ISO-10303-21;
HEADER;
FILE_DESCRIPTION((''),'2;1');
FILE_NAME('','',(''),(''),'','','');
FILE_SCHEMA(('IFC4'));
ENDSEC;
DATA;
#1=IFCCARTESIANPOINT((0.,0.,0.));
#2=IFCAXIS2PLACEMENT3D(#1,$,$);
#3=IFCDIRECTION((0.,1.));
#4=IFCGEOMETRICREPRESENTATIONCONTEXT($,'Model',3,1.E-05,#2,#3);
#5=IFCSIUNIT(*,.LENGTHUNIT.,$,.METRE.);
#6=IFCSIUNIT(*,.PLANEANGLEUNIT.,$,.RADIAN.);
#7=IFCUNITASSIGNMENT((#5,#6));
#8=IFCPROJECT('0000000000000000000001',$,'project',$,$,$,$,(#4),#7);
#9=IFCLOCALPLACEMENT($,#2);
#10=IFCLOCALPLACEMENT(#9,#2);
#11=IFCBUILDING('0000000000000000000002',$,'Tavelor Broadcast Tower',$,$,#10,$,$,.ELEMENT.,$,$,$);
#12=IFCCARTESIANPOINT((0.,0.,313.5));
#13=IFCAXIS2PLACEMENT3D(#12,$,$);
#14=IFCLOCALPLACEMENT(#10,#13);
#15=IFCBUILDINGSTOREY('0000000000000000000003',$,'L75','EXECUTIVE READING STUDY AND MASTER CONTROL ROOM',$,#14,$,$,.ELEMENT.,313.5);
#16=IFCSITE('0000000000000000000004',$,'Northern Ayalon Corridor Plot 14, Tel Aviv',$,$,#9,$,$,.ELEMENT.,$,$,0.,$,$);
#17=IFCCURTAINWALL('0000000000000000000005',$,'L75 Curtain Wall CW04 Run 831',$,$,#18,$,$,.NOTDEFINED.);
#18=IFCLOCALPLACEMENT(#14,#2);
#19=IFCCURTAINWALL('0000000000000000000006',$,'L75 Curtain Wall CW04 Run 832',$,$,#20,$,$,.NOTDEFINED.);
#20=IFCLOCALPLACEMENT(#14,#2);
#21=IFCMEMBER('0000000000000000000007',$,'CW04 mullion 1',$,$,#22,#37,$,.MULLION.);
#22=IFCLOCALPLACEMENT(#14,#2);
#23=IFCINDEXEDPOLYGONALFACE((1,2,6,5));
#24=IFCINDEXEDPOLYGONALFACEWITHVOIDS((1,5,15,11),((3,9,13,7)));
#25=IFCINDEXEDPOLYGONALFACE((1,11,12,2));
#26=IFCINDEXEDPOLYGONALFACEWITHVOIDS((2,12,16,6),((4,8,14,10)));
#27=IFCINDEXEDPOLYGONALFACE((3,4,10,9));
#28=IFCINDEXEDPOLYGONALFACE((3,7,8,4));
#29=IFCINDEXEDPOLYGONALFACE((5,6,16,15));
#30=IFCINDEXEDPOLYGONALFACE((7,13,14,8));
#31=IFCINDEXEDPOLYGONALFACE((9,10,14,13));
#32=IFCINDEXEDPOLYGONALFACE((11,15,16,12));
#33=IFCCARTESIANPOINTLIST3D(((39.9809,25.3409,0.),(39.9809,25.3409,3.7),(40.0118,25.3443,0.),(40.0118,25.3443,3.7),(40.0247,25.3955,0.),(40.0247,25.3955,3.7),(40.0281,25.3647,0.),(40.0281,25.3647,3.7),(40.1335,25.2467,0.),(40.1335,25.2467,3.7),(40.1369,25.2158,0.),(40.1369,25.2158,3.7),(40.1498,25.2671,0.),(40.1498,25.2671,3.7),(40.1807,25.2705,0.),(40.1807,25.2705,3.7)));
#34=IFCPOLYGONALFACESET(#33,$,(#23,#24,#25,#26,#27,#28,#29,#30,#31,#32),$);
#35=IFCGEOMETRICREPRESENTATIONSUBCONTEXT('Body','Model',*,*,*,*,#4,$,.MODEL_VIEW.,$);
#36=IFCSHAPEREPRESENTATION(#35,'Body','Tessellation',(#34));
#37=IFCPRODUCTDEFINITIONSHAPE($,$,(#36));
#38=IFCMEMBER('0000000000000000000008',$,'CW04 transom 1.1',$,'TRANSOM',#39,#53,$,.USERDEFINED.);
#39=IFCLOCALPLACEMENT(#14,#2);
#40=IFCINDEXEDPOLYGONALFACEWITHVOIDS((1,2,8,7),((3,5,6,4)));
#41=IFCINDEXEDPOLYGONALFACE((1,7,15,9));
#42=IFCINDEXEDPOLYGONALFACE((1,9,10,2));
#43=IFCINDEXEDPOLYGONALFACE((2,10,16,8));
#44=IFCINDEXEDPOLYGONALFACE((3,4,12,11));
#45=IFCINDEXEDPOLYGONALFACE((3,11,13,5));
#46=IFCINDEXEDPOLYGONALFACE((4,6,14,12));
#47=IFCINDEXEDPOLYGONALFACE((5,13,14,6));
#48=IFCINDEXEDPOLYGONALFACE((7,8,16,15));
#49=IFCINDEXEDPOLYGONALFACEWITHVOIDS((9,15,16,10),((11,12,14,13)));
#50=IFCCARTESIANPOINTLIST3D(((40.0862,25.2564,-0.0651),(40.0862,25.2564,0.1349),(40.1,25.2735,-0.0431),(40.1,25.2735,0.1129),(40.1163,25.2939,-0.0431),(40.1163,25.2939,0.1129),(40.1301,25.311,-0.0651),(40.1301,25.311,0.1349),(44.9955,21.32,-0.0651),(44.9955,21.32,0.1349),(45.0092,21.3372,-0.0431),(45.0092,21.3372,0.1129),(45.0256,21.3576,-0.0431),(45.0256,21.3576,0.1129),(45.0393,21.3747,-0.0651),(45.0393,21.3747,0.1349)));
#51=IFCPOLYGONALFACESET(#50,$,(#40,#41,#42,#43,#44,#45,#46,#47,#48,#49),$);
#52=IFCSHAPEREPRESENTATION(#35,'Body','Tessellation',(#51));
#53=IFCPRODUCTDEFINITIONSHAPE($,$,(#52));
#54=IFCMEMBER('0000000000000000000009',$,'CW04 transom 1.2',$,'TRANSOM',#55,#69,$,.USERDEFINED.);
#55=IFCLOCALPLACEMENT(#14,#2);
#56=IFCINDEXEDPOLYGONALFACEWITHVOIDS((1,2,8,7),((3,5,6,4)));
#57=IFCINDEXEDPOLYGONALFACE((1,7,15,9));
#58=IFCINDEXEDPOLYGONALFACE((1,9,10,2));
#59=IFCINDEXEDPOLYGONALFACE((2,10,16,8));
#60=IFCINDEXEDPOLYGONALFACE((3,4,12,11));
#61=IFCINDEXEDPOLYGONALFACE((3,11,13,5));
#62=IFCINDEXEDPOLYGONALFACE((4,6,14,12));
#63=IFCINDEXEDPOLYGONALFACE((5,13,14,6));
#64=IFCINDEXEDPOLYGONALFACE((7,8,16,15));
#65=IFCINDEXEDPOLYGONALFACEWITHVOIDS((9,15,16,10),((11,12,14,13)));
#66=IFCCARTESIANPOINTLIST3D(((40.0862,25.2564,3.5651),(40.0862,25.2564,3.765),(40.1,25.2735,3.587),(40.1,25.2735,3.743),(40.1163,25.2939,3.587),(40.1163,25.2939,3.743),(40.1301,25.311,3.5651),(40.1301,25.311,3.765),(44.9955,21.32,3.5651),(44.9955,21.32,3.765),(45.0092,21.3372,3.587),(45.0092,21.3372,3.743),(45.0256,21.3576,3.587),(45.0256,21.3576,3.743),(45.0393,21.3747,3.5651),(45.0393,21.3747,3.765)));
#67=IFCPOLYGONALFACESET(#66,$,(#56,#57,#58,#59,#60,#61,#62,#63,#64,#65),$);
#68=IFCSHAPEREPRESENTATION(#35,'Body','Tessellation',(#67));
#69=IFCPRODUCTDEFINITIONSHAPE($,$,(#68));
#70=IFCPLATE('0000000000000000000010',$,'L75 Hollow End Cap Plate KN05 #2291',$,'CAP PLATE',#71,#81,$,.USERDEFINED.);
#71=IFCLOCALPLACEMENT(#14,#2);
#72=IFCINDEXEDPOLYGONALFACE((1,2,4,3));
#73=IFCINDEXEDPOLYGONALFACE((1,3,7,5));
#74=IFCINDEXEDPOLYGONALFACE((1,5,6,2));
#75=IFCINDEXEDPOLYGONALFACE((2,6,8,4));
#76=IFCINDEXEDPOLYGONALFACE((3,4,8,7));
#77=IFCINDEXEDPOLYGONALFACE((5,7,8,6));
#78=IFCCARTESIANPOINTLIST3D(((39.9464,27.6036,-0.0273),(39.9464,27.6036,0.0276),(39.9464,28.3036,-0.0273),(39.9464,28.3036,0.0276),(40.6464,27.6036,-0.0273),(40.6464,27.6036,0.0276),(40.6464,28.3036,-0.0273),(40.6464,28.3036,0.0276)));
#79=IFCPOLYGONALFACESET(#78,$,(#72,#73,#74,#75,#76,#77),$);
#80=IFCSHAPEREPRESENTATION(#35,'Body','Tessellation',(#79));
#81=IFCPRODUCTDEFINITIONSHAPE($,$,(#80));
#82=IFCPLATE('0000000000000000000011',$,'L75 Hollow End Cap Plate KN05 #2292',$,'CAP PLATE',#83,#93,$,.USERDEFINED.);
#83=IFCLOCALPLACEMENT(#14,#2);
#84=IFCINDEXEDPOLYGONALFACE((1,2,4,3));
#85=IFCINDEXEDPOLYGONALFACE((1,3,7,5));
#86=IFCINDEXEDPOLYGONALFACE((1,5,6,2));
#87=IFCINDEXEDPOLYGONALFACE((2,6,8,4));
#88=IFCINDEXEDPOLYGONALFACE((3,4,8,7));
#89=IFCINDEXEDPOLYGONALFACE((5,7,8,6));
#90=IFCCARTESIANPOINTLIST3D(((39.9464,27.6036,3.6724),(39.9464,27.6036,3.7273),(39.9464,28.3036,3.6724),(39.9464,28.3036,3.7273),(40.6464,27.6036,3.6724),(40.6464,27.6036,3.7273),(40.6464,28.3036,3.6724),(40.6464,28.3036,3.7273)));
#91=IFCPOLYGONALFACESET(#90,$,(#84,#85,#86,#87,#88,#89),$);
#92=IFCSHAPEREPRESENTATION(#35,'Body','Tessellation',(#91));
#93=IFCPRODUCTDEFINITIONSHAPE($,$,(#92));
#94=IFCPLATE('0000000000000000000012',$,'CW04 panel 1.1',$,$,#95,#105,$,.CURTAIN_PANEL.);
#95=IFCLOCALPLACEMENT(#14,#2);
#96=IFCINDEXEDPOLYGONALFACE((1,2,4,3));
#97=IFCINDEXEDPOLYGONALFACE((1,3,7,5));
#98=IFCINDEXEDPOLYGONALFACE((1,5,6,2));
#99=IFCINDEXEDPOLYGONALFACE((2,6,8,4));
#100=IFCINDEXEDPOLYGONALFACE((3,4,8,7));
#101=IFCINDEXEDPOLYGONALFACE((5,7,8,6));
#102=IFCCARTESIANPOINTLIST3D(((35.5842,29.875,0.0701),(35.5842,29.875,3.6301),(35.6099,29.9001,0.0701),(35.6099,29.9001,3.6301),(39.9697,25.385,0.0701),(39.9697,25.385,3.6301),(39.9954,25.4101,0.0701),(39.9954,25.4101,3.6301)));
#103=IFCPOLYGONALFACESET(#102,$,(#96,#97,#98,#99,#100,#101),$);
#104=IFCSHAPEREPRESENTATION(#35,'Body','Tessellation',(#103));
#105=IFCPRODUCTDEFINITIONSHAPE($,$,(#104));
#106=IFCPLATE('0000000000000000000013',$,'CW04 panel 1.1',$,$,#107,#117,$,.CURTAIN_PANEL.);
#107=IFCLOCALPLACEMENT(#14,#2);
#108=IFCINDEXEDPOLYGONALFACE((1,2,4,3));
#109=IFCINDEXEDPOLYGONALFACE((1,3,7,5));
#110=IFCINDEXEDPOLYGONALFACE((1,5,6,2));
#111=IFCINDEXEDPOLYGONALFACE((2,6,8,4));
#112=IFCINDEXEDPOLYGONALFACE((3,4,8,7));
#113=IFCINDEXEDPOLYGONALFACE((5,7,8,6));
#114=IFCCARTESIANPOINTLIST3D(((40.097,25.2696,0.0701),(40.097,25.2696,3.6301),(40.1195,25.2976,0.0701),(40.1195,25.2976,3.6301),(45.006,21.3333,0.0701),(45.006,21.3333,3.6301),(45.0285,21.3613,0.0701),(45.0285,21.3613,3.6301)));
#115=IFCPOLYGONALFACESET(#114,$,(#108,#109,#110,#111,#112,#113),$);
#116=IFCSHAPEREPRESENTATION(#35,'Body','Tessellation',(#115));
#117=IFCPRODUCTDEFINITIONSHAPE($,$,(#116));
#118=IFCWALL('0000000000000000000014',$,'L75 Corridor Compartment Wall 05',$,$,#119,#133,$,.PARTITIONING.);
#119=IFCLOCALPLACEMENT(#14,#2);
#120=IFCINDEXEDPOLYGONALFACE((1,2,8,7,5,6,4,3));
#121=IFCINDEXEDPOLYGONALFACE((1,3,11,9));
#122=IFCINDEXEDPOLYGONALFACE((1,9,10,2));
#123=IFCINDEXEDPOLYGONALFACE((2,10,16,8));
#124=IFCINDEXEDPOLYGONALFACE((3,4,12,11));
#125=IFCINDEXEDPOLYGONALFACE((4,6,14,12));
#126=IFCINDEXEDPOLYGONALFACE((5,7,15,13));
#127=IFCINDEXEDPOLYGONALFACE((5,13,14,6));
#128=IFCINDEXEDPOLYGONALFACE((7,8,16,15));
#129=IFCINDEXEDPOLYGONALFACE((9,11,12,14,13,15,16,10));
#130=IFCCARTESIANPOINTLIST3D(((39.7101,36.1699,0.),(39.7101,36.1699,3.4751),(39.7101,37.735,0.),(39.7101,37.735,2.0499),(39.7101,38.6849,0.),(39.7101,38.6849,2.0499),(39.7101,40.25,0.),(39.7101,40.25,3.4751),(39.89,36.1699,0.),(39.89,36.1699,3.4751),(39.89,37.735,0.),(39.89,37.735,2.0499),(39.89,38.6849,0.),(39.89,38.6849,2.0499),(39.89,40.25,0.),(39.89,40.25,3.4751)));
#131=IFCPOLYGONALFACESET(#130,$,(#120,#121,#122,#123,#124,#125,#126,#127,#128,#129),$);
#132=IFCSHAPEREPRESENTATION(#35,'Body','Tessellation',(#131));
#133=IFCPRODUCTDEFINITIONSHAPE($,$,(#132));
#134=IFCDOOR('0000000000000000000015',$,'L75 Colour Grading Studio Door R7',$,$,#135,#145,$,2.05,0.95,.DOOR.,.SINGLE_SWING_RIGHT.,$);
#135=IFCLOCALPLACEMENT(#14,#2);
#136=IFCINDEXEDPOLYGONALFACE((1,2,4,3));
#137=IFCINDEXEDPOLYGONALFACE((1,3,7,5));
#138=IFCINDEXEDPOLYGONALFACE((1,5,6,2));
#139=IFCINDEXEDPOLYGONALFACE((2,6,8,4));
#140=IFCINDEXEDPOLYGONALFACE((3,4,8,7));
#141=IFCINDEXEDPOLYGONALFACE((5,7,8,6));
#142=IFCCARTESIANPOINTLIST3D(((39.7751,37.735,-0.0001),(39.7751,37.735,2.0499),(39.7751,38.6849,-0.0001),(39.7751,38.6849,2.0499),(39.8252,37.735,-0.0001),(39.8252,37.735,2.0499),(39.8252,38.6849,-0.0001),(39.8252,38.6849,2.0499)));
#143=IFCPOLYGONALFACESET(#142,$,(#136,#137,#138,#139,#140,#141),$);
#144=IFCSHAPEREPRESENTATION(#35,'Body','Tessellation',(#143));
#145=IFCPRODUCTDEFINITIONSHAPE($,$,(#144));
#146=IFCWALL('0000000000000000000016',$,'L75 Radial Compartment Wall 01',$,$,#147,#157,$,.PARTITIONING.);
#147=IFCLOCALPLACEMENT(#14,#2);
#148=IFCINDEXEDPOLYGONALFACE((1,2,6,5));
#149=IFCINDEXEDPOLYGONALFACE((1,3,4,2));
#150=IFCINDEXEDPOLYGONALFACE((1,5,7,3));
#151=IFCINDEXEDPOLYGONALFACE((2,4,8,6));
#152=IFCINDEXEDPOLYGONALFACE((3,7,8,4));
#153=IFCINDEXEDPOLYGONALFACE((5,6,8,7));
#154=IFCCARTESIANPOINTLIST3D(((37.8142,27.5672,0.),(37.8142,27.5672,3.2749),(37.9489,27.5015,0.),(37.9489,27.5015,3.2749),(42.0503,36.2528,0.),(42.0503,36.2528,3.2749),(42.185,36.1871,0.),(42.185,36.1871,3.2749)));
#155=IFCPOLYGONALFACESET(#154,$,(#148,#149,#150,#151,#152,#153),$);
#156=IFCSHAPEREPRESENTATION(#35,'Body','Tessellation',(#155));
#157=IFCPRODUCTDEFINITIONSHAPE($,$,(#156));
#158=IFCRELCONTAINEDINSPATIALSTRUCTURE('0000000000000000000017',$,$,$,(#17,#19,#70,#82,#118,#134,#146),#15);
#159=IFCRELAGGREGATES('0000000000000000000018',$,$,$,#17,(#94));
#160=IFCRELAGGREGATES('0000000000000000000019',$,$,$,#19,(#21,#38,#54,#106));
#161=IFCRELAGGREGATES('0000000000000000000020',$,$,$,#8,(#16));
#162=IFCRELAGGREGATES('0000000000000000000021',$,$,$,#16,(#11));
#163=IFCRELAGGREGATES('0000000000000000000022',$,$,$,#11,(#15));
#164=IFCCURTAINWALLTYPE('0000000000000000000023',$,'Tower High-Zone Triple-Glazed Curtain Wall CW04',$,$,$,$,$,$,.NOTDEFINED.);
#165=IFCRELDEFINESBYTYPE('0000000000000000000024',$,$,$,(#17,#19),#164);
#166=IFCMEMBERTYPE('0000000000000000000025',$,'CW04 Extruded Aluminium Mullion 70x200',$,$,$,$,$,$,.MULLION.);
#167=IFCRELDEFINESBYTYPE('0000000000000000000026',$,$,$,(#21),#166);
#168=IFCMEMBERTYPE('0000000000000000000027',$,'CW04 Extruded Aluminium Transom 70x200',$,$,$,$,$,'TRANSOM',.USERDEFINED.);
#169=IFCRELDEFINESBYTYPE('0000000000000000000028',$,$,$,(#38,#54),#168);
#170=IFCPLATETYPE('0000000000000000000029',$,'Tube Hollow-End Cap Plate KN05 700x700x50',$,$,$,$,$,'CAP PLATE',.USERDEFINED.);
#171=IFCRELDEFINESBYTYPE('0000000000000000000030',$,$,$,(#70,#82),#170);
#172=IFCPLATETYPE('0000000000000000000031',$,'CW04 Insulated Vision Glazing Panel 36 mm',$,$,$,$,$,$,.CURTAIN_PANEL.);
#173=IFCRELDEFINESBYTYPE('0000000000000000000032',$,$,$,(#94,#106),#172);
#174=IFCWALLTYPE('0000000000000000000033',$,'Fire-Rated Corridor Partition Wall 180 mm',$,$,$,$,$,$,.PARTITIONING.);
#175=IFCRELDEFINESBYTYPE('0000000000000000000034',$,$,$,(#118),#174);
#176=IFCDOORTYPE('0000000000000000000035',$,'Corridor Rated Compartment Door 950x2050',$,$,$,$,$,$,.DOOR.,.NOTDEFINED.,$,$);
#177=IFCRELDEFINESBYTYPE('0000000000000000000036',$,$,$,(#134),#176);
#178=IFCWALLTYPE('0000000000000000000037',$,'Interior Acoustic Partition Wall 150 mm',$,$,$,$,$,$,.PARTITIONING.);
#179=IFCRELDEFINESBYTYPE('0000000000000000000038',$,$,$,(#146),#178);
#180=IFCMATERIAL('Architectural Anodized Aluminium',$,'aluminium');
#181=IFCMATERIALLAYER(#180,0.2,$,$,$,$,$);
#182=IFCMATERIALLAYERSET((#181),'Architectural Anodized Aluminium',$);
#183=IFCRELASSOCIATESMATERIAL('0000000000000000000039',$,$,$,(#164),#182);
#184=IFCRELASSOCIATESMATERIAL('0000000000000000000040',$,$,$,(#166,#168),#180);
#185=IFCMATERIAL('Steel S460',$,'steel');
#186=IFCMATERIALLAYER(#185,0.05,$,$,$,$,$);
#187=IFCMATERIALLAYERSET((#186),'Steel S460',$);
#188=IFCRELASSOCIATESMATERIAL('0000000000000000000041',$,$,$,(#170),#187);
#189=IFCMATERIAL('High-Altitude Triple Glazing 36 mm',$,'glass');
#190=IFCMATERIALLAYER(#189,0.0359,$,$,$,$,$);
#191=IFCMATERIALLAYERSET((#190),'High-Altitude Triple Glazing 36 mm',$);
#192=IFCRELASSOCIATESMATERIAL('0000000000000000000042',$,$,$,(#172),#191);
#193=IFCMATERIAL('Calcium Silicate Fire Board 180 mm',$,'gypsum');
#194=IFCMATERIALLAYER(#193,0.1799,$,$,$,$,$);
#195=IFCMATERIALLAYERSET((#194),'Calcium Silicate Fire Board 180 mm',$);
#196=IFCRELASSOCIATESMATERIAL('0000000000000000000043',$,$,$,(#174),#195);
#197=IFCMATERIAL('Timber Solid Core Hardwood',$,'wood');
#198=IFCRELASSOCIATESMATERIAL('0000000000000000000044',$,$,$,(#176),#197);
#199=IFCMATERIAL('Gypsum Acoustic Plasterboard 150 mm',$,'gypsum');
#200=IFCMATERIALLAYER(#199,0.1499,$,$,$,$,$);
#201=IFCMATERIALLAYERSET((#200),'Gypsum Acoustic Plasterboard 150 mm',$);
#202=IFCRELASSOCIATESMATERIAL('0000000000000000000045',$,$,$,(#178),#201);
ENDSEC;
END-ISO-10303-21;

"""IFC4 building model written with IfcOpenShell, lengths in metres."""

from ifc_helpers import new_model, si_unit, direction, frame, frame_2d, origin, origin_2d, place, context, subcontext, project, spatial, rectangle, hollow_rectangle, extrude, source, transform, mapped, material, layer, layer_set, material_profile, profile_set, type_object, type_shapes, element, fill, aggregate, save


model = new_model("IFC4")

# Units and contexts
model_context = context("Model", 3, precision=1e-05, world=origin(), true_north=direction((0.0, 1.0)))
body_context = subcontext(model_context, "Body", "Model", "MODEL_VIEW")
ifc_project = project(units=[si_unit("LENGTHUNIT", "METRE"), si_unit("PLANEANGLEUNIT", "RADIAN")], contexts=[model_context])

# Site, building, storey
site_placement = place(None, origin())
site = spatial("IfcSite", under=ifc_project, at=site_placement, Name="Northern Ayalon Corridor Plot 14, Tel Aviv", CompositionType="ELEMENT", RefElevation=0.0)
building_placement = place(site_placement, origin())
building = spatial("IfcBuilding", under=site, at=building_placement, Name="Tavelor Broadcast Tower", CompositionType="ELEMENT")
storey_placement = place(building_placement, frame((0.0, 0.0, 313.5)))
storey = spatial("IfcBuildingStorey", under=building, at=storey_placement, Name="L75", Description="EXECUTIVE READING STUDY AND MASTER CONTROL ROOM", CompositionType="ELEMENT", Elevation=313.5)

# Shared definitions
ifc_material_1 = material(Name="Steel S460", Category="steel")

# Curtain wall
ifc_material_2 = material(Name="Architectural Anodized Aluminium", Category="aluminium")
ifc_layer_1 = layer(ifc_material_2, 0.2)
ifc_layer_set_1 = layer_set([ifc_layer_1], Name="Architectural Anodized Aluminium")
curtain_wall_type = type_object("IfcCurtainWallType", Name="Tower High-Zone Triple-Glazed Curtain Wall CW04", PredefinedType="NOTDEFINED", material=ifc_layer_set_1)
curtain_wall_1_placement = place(storey_placement, origin())
curtain_wall_1 = element("IfcCurtainWall", 1, at=curtain_wall_1_placement, inside=storey, type_object=curtain_wall_type, Name="L75 Curtain Wall CW04 Run 831", PredefinedType="NOTDEFINED")
ifc_material_profile_1 = material_profile(ifc_material_2, hollow_rectangle(XDim=0.0701, YDim=0.2, WallThickness=0.022, at=origin_2d()), Name="RHS 70x200x22")
ifc_profile_set_1 = profile_set([ifc_material_profile_1], Name="Architectural Anodized Aluminium")
member_type_1 = type_object("IfcMemberType", Name="CW04 Extruded Aluminium Mullion 70x200", PredefinedType="MULLION", material=ifc_profile_set_1)
shared_shape_1 = source(origin(), body_context, "Body", "SweptSolid", [
    extrude(hollow_rectangle(XDim=0.0701, YDim=0.2, WallThickness=0.022, at=origin_2d()), origin(), (0.0, 0.0, 1.0), 3.7),
])
type_shapes(member_type_1, [shared_shape_1])

# Curtain wall, members
curtain_wall_2_placement = place(storey_placement, origin())
curtain_wall_2 = element("IfcCurtainWall", 2, at=curtain_wall_2_placement, inside=storey, type_object=curtain_wall_type, Name="L75 Curtain Wall CW04 Run 832", PredefinedType="NOTDEFINED")
member_1_placement = place(storey_placement, frame((40.0808, 25.3057, 0.0), z_axis=(0.0, 0.0, 1.0), x_axis=(0.625572, 0.780166, 0.0)))
member_1 = element("IfcMember", 3, at=member_1_placement, type_object=member_type_1, Name="CW04 mullion 1", PredefinedType="MULLION", context=body_context, shape_type="MappedRepresentation", body=[
    mapped(shared_shape_1, transform((0.0, 0.0, 0.0), scale=1.0)),
])
ifc_material_profile_2 = material_profile(ifc_material_2, hollow_rectangle(XDim=0.0701, YDim=0.2, WallThickness=0.022, at=origin_2d()), Name="RHS 70x200x22")
ifc_profile_set_2 = profile_set([ifc_material_profile_2], Name="Architectural Anodized Aluminium")
member_type_2 = type_object("IfcMemberType", Name="CW04 Extruded Aluminium Transom 70x200", ElementType="TRANSOM", PredefinedType="USERDEFINED", material=ifc_profile_set_2)
shared_shape_2 = source(origin(), body_context, "Body", "SweptSolid", [
    extrude(hollow_rectangle(XDim=0.0701, YDim=0.2, WallThickness=0.022, at=origin_2d()), origin(), (0.0, 0.0, 1.0), 6.2925),
])
type_shapes(member_type_2, [shared_shape_2])
member_2_placement = place(storey_placement, frame((40.1082, 25.2837, 0.0349), z_axis=(0.780176, -0.625561, 0.0), x_axis=(0.625561, 0.780176, 0.0)))
member_2 = element("IfcMember", 4, at=member_2_placement, type_object=member_type_2, Name="CW04 transom 1.1", ObjectType="TRANSOM", PredefinedType="USERDEFINED", context=body_context, shape_type="MappedRepresentation", body=[
    mapped(shared_shape_2, transform((0.0, 0.0, 0.0), scale=1.0)),
])
member_3_placement = place(storey_placement, frame((40.1082, 25.2837, 3.665), z_axis=(0.780176, -0.625561, 0.0), x_axis=(0.625561, 0.780176, 0.0)))
member_3 = element("IfcMember", 5, at=member_3_placement, type_object=member_type_2, Name="CW04 transom 1.2", ObjectType="TRANSOM", PredefinedType="USERDEFINED", context=body_context, shape_type="MappedRepresentation", body=[
    mapped(shared_shape_2, transform((0.0, 0.0, 0.0), scale=1.0)),
])

# Plates
ifc_layer_2 = layer(ifc_material_1, 0.05)
ifc_layer_set_2 = layer_set([ifc_layer_2], Name="Steel S460")
plate_type_1 = type_object("IfcPlateType", Name="Tube Hollow-End Cap Plate KN05 700x700x50", ElementType="CAP PLATE", PredefinedType="USERDEFINED", material=ifc_layer_set_2)
shared_shape_3 = source(origin(), body_context, "Body", "SweptSolid", [
    extrude(rectangle(XDim=0.7, YDim=0.7, at=origin_2d()), origin(), (0.0, 0.0, 1.0), 0.0549),
])
type_shapes(plate_type_1, [shared_shape_3])
for number, where, z_axis, x_axis, name in (
    (6, (40.2964, 27.9536, -0.0273), (0.0, 0.0, 1.0), (1.0, 0.0, 0.0), "L75 Hollow End Cap Plate KN05 #2291"),
    (7, (40.2964, 27.9536, 3.6724), (0.0, 0.0, 1.0), (1.0, 0.0, 0.0), "L75 Hollow End Cap Plate KN05 #2292"),
):
    element("IfcPlate", number, at=place(storey_placement, frame(where, z_axis=z_axis, x_axis=x_axis)), inside=storey, type_object=plate_type_1, Name=name, ObjectType="CAP PLATE", PredefinedType="USERDEFINED", context=body_context, shape_type="MappedRepresentation", body=[
        mapped(shared_shape_3, transform((0.0, 0.0, 0.0), scale=1.0)),
    ])

# Plates
ifc_material_3 = material(Name="High-Altitude Triple Glazing 36 mm", Category="glass")
ifc_layer_3 = layer(ifc_material_3, 0.0359)
ifc_layer_set_3 = layer_set([ifc_layer_3], Name="High-Altitude Triple Glazing 36 mm")
plate_type_2 = type_object("IfcPlateType", Name="CW04 Insulated Vision Glazing Panel 36 mm", PredefinedType="CURTAIN_PANEL", material=ifc_layer_set_3)
shared_shape_4 = source(origin(), body_context, "Body", "SweptSolid", [
    extrude(rectangle(XDim=6.2764, YDim=0.0359, at=origin_2d()), origin(), (0.0, 0.0, 1.0), 3.5601),
])
plate_1_placement = place(storey_placement, frame((37.7898, 27.6426, 0.0701), z_axis=(0.0, 0.0, 1.0), x_axis=(0.698735, -0.71538, 0.0)))
plate_1 = element("IfcPlate", 8, at=plate_1_placement, type_object=plate_type_2, Name="CW04 panel 1.1", PredefinedType="CURTAIN_PANEL", context=body_context, shape_type="MappedRepresentation", body=[
    mapped(shared_shape_4, transform((0.0, 0.0, 0.0), scale=1.0)),
])
aggregate(curtain_wall_1, [plate_1])
shared_shape_5 = source(origin(), body_context, "Body", "SweptSolid", [
    extrude(rectangle(XDim=6.2922, YDim=0.0359, at=origin_2d()), origin(), (0.0, 0.0, 1.0), 3.5601),
])
type_shapes(plate_type_2, [shared_shape_4, shared_shape_5])
plate_2_placement = place(storey_placement, frame((42.5627, 23.3154, 0.0701), z_axis=(0.0, 0.0, 1.0), x_axis=(0.780166, -0.625572, 0.0)))
plate_2 = element("IfcPlate", 9, at=plate_2_placement, type_object=plate_type_2, Name="CW04 panel 1.1", PredefinedType="CURTAIN_PANEL", context=body_context, shape_type="MappedRepresentation", body=[
    mapped(shared_shape_5, transform((0.0, 0.0, 0.0), scale=1.0)),
])
aggregate(curtain_wall_2, [member_1, member_2, member_3, plate_2])

# Wall, opening, door
ifc_material_4 = material(Name="Calcium Silicate Fire Board 180 mm", Category="gypsum")
ifc_layer_4 = layer(ifc_material_4, 0.1799)
ifc_layer_set_4 = layer_set([ifc_layer_4], Name="Calcium Silicate Fire Board 180 mm")
wall_type_1 = type_object("IfcWallType", Name="Fire-Rated Corridor Partition Wall 180 mm", PredefinedType="PARTITIONING", material=ifc_layer_set_4)
wall_1_placement = place(storey_placement, frame((39.8, 36.1699, 0.0), z_axis=(0.0, 0.0, 1.0), x_axis=(0.0, 1.0, 0.0)))
wall_1 = element("IfcWall", 10, at=wall_1_placement, inside=storey, type_object=wall_type_1, Name="L75 Corridor Compartment Wall 05", PredefinedType="PARTITIONING", context=body_context, shape_type="SweptSolid", body=[
    extrude(rectangle(XDim=4.0801, YDim=0.1799, at=frame_2d((2.04, 0.0))), origin(), (0.0, 0.0, 1.0), 3.4751),
])
opening_1_placement = place(wall_1_placement, frame((1.5649, 0.0, 0.0)))
opening_1 = element("IfcOpeningElement", 11, at=opening_1_placement, cuts=wall_1, PredefinedType="OPENING", context=body_context, shape_type="SweptSolid", body=[
    extrude(rectangle(XDim=0.95, YDim=2.05, at=frame_2d((0.4751, 1.0249))), frame((0.0, 0.1001, 0.0), z_axis=(0.0, -1.0, 0.0), x_axis=(1.0, 0.0, 0.0)), (0.0, 0.0, 1.0), 0.2),
])
ifc_material_5 = material(Name="Timber Solid Core Hardwood", Category="wood")
door_type_1 = type_object("IfcDoorType", Name="Corridor Rated Compartment Door 950x2050", OperationType="NOTDEFINED", PredefinedType="DOOR", material=ifc_material_5)
door_1_placement = place(opening_1_placement, origin())
door_1 = element("IfcDoor", 12, at=door_1_placement, inside=storey, type_object=door_type_1, Name="L75 Colour Grading Studio Door R7", OperationType="SINGLE_SWING_RIGHT", OverallHeight=2.05, OverallWidth=0.95, PredefinedType="DOOR", context=body_context, shape_type="SweptSolid", body=[
    extrude(rectangle(XDim=0.95, YDim=2.05, at=frame_2d((0.4751, 1.0249))), frame((0.0, 0.0249, 0.0), z_axis=(0.0, -1.0, 0.0), x_axis=(1.0, 0.0, 0.0)), (0.0, 0.0, 1.0), 0.05),
])
fill(opening_1, door_1)

# Wall
ifc_material_6 = material(Name="Gypsum Acoustic Plasterboard 150 mm", Category="gypsum")
ifc_layer_5 = layer(ifc_material_6, 0.1499)
ifc_layer_set_5 = layer_set([ifc_layer_5], Name="Gypsum Acoustic Plasterboard 150 mm")
wall_type_2 = type_object("IfcWallType", Name="Interior Acoustic Partition Wall 150 mm", PredefinedType="PARTITIONING", material=ifc_layer_set_5)
wall_2_placement = place(storey_placement, frame((42.1177, 36.22, 0.0), z_axis=(0.0, 0.0, 1.0), x_axis=(-0.438359, -0.8988, 0.0)))
element("IfcWall", 13, at=wall_2_placement, inside=storey, type_object=wall_type_2, Name="L75 Radial Compartment Wall 01", PredefinedType="PARTITIONING", context=body_context, shape_type="SweptSolid", body=[
    extrude(rectangle(XDim=9.6636, YDim=0.1499, at=frame_2d((4.8318, 0.0))), origin(), (0.0, 0.0, 1.0), 3.2749),
])

save(model, "model.ifc")
